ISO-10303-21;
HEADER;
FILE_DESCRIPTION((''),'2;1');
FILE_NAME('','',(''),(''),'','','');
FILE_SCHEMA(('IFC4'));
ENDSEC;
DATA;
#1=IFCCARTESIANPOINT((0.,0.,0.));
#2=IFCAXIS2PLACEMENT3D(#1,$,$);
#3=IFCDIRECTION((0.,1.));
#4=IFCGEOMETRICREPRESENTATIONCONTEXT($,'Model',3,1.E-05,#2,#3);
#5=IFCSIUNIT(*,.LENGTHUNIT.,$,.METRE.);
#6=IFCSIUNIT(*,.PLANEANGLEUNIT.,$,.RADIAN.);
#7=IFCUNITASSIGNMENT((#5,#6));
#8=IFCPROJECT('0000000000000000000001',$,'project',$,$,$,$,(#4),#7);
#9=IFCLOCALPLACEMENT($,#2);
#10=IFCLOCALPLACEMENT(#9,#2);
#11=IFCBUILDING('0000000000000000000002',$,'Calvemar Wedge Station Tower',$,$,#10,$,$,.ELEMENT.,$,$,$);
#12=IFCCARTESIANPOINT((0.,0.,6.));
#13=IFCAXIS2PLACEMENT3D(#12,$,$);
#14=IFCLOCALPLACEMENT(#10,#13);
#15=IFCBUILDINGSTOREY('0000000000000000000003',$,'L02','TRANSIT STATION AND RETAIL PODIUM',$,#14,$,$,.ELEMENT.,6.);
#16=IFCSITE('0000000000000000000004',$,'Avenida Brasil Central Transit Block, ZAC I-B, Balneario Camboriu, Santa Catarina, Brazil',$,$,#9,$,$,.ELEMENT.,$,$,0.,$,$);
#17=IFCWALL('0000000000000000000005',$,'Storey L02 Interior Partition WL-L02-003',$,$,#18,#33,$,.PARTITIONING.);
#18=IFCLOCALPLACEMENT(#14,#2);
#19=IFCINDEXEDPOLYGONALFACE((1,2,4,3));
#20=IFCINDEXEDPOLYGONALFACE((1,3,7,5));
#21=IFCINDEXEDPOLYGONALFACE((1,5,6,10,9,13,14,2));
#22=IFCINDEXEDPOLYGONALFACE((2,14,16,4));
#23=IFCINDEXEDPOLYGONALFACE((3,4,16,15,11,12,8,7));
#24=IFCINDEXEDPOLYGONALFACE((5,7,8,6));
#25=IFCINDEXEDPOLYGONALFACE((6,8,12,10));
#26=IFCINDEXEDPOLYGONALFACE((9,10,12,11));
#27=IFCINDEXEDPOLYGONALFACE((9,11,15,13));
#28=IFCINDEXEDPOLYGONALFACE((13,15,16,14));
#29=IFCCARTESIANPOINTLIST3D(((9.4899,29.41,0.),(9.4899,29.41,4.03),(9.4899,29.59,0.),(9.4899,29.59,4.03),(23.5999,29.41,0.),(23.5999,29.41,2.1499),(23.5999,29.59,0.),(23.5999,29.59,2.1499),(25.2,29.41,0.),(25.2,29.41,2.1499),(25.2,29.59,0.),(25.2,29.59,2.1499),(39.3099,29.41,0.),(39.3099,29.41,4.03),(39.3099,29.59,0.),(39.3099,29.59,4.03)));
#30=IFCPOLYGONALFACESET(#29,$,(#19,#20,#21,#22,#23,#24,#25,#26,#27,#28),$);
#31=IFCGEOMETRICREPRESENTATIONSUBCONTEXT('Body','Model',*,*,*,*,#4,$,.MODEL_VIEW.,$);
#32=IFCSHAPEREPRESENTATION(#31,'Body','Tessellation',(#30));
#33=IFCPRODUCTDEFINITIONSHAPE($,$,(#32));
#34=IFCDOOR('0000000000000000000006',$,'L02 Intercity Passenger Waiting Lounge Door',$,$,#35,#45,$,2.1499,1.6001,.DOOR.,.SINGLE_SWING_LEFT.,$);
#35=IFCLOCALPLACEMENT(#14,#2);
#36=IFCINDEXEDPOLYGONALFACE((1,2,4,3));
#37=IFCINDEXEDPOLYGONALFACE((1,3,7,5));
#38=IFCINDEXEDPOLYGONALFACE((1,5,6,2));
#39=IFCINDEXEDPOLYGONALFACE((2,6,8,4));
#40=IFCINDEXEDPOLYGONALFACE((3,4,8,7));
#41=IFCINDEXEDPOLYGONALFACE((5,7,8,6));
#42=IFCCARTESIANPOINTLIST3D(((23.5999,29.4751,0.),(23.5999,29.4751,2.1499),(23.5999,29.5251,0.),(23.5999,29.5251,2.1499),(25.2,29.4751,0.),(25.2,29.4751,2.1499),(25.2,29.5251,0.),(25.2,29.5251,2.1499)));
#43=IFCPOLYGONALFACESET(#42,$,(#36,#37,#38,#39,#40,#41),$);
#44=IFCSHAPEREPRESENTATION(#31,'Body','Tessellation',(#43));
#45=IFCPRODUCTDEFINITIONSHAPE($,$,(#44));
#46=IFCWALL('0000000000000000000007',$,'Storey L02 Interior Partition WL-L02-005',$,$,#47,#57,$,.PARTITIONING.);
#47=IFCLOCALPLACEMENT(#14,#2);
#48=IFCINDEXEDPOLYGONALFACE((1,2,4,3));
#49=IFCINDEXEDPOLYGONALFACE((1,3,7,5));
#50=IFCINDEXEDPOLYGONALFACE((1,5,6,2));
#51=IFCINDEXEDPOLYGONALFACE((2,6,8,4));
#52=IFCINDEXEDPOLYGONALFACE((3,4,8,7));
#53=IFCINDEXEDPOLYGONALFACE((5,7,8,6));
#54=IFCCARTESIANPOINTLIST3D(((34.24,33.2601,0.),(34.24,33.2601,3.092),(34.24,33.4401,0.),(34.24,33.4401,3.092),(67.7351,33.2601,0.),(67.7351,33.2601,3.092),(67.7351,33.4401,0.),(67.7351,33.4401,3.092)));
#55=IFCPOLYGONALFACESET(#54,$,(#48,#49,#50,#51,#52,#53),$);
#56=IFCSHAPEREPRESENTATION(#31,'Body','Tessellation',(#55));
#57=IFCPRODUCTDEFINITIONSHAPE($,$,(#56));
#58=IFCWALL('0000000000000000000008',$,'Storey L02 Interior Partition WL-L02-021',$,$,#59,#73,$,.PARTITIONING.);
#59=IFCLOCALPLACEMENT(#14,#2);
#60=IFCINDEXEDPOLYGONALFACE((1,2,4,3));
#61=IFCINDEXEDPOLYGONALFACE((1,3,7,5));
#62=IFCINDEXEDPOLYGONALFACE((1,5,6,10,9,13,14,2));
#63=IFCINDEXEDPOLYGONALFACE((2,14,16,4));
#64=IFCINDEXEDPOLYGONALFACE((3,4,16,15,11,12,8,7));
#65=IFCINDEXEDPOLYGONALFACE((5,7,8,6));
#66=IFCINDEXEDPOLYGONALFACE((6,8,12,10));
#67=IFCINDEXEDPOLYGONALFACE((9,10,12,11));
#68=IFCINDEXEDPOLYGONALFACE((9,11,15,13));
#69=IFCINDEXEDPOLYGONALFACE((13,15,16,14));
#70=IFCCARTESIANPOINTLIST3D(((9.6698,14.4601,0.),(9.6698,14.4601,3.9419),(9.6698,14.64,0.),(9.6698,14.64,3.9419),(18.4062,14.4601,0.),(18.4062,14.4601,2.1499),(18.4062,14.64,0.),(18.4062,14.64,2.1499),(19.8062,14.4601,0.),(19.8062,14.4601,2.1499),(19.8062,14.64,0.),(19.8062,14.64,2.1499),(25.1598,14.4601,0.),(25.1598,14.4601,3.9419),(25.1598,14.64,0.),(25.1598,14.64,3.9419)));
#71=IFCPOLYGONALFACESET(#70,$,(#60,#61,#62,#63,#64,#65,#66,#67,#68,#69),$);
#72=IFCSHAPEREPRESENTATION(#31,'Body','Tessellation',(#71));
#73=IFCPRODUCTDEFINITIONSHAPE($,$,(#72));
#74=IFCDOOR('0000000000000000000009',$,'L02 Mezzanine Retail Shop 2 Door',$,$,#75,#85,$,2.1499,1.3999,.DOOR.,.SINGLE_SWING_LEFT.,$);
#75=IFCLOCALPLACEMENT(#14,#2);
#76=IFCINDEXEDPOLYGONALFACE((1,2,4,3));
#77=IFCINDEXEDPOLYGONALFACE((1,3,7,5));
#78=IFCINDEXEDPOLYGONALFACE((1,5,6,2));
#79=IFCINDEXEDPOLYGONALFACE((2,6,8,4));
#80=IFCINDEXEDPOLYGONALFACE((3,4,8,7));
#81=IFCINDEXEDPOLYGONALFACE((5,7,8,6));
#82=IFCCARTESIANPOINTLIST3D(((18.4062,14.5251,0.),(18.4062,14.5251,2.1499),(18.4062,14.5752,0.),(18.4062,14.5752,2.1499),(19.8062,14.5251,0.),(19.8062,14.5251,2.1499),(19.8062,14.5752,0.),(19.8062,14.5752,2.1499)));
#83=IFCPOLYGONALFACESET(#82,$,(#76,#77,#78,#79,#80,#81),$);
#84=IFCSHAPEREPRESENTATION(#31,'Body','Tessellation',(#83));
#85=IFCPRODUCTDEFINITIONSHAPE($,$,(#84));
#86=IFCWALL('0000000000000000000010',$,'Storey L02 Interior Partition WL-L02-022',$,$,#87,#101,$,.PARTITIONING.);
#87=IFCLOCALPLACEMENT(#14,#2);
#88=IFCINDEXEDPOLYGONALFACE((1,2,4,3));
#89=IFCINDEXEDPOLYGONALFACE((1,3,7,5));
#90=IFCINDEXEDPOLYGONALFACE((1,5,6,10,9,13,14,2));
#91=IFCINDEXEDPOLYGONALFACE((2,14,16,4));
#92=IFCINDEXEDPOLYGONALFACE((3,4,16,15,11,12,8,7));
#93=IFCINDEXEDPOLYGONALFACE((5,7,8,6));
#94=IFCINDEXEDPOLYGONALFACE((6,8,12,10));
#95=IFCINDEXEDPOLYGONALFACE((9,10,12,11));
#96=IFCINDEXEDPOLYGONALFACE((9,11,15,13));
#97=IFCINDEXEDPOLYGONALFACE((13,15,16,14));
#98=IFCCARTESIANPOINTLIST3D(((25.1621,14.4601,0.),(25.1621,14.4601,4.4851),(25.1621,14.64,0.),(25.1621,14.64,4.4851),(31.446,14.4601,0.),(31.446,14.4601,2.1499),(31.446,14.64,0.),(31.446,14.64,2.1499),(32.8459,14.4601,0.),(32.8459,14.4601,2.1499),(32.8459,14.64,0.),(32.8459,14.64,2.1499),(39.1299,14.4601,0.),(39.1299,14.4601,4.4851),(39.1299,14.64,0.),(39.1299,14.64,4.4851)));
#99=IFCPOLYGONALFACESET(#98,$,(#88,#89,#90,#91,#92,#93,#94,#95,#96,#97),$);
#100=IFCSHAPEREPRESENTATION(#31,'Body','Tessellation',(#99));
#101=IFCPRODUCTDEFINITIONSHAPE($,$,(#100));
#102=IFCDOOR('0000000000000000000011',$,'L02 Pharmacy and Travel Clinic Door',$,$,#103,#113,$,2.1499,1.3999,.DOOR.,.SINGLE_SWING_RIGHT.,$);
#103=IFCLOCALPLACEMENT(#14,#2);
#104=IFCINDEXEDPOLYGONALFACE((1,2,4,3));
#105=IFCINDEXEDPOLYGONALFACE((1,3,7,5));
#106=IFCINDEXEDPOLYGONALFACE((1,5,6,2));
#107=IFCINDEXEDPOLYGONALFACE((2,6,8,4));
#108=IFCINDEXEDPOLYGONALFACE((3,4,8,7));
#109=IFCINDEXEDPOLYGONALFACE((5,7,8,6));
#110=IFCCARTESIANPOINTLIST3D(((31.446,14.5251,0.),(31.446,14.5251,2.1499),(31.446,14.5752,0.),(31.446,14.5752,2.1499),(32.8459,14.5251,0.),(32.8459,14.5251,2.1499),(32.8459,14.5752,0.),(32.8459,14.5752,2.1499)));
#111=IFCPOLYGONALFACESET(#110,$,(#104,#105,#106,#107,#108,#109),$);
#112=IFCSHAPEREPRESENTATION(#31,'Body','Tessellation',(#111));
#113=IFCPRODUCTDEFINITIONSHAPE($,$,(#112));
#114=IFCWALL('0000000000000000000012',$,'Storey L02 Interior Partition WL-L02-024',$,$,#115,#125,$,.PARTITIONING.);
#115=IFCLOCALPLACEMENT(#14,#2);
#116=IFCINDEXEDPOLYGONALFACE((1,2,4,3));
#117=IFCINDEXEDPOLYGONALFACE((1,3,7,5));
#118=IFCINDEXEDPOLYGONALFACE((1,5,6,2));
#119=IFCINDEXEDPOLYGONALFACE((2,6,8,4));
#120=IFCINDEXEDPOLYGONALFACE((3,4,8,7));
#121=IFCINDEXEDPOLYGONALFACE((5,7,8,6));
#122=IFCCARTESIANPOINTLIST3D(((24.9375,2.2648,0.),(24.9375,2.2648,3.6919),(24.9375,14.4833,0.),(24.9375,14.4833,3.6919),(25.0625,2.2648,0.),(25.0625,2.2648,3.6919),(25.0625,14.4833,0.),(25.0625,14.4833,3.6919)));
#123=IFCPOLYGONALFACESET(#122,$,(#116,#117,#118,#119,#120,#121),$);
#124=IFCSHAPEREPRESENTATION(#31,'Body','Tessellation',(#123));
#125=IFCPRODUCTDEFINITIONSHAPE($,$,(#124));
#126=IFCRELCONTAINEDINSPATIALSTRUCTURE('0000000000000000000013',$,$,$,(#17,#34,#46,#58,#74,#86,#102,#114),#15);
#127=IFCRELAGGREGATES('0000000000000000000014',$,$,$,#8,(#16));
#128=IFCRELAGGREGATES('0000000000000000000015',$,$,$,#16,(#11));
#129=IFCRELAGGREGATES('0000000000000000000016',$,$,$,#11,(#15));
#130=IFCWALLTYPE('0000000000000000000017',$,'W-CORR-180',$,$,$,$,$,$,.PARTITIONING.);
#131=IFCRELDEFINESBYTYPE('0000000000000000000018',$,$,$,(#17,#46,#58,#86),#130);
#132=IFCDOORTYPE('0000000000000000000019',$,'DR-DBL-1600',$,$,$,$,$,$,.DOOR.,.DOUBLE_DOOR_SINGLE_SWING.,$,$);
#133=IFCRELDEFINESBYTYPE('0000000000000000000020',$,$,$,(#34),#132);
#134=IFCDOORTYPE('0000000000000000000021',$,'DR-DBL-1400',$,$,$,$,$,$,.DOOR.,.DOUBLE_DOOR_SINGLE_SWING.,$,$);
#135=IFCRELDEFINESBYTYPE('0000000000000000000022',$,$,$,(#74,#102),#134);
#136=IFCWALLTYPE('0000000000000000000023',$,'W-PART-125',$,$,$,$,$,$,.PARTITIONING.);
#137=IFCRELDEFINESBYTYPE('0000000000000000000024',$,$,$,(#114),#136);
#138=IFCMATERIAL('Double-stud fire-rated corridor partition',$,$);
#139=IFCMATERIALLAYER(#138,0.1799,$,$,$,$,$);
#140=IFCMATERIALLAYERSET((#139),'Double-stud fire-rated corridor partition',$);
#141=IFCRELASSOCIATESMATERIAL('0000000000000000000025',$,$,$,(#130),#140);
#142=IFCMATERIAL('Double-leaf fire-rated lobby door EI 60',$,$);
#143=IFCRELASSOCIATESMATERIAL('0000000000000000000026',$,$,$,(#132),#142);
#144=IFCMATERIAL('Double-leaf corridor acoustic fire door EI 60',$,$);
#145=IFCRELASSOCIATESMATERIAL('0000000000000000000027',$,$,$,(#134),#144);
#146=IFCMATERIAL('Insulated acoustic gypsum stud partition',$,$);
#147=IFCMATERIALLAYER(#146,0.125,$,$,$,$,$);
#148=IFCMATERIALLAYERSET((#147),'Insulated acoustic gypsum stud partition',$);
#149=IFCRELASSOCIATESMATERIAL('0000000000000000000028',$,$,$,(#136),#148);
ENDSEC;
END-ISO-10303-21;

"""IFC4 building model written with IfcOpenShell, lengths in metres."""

from ifc_helpers import new_model, si_unit, direction, frame, frame_2d, origin, place, context, subcontext, project, spatial, rectangle, extrude, source, transform, mapped, material, layer, layer_set, type_object, element, fill, save


model = new_model("IFC4")

# Units and contexts
model_context = context("Model", 3, precision=1e-05, world=origin(), true_north=direction((0.0, 1.0)))
body_context = subcontext(model_context, "Body", "Model", "MODEL_VIEW")
ifc_project = project(units=[si_unit("LENGTHUNIT", "METRE"), si_unit("PLANEANGLEUNIT", "RADIAN")], contexts=[model_context])

# Site, building, storey
site_placement = place(None, origin())
site = spatial("IfcSite", under=ifc_project, at=site_placement, Name="Avenida Brasil Central Transit Block, ZAC I-B, Balneario Camboriu, Santa Catarina, Brazil", CompositionType="ELEMENT", RefElevation=0.0)
building_placement = place(site_placement, origin())
building = spatial("IfcBuilding", under=site, at=building_placement, Name="Calvemar Wedge Station Tower", CompositionType="ELEMENT")
storey_placement = place(building_placement, frame((0.0, 0.0, 6.0)))
storey = spatial("IfcBuildingStorey", under=building, at=storey_placement, Name="L02", Description="TRANSIT STATION AND RETAIL PODIUM", CompositionType="ELEMENT", Elevation=6.0)

# Wall, opening, door
ifc_material_1 = material(Name="Double-stud fire-rated corridor partition")
ifc_layer_1 = layer(ifc_material_1, 0.1799)
ifc_layer_set_1 = layer_set([ifc_layer_1], Name="Double-stud fire-rated corridor partition")
wall_type_1 = type_object("IfcWallType", Name="W-CORR-180", PredefinedType="PARTITIONING", material=ifc_layer_set_1)
wall_1_placement = place(storey_placement, frame((39.3101, 29.5, 0.0), z_axis=(0.0, 0.0, 1.0), x_axis=(-1.0, 0.0, 0.0)))
wall_1 = element("IfcWall", 1, at=wall_1_placement, inside=storey, type_object=wall_type_1, Name="Storey L02 Interior Partition WL-L02-003", PredefinedType="PARTITIONING", context=body_context, shape_type="SweptSolid", body=[
    extrude(rectangle(XDim=29.8201, YDim=0.1799, at=frame_2d((14.9102, 0.0))), origin(), (0.0, 0.0, 1.0), 4.03),
])
shared_shape_1 = source(origin(), body_context, "Body", "SweptSolid", [
    extrude(rectangle(XDim=1.6001, YDim=2.1499, at=frame_2d((0.8, 1.075))), frame((0.0, 0.1001, 0.0), z_axis=(0.0, -1.0, 0.0), x_axis=(1.0, 0.0, 0.0)), (0.0, 0.0, 1.0), 0.2),
])
opening_1_placement = place(wall_1_placement, frame((14.1101, 0.0, 0.0)))
opening_1 = element("IfcOpeningElement", 2, at=opening_1_placement, cuts=wall_1, PredefinedType="OPENING", context=body_context, shape_type="MappedRepresentation", body=[
    mapped(shared_shape_1, transform((0.0, 0.0, 0.0), scale=1.0)),
])
ifc_material_2 = material(Name="Double-leaf fire-rated lobby door EI 60")
door_type_1 = type_object("IfcDoorType", Name="DR-DBL-1600", OperationType="DOUBLE_DOOR_SINGLE_SWING", PredefinedType="DOOR", material=ifc_material_2)
shared_shape_2 = source(origin(), body_context, "Body", "SweptSolid", [
    extrude(rectangle(XDim=1.6001, YDim=2.1499, at=frame_2d((0.8, 1.075))), frame((0.0, 0.0249, 0.0), z_axis=(0.0, -1.0, 0.0), x_axis=(1.0, 0.0, 0.0)), (0.0, 0.0, 1.0), 0.05),
])
door_1_placement = place(opening_1_placement, origin())
door_1 = element("IfcDoor", 3, at=door_1_placement, inside=storey, type_object=door_type_1, Name="L02 Intercity Passenger Waiting Lounge Door", OperationType="SINGLE_SWING_LEFT", OverallHeight=2.1499, OverallWidth=1.6001, PredefinedType="DOOR", context=body_context, shape_type="MappedRepresentation", body=[
    mapped(shared_shape_2, transform((0.0, 0.0, 0.0), scale=1.0)),
])
fill(opening_1, door_1)

# Wall
wall_2_placement = place(storey_placement, frame((34.24, 33.3501, 0.0), z_axis=(0.0, 0.0, 1.0), x_axis=(1.0, 0.0, 0.0)))
element("IfcWall", 4, at=wall_2_placement, inside=storey, type_object=wall_type_1, Name="Storey L02 Interior Partition WL-L02-005", PredefinedType="PARTITIONING", context=body_context, shape_type="SweptSolid", body=[
    extrude(rectangle(XDim=33.4951, YDim=0.1799, at=frame_2d((16.7476, 0.0))), origin(), (0.0, 0.0, 1.0), 3.092),
])

# Walls, openings, doors
wall_3_placement = place(storey_placement, frame((25.1599, 14.55, 0.0), z_axis=(0.0, 0.0, 1.0), x_axis=(-1.0, 0.0, 0.0)))
wall_3 = element("IfcWall", 5, at=wall_3_placement, inside=storey, type_object=wall_type_1, Name="Storey L02 Interior Partition WL-L02-021", PredefinedType="PARTITIONING", context=body_context, shape_type="SweptSolid", body=[
    extrude(rectangle(XDim=15.49, YDim=0.1799, at=frame_2d((7.7451, 0.0))), origin(), (0.0, 0.0, 1.0), 3.9419),
])
shared_shape_3 = source(origin(), body_context, "Body", "SweptSolid", [
    extrude(rectangle(XDim=1.3999, YDim=2.1499, at=frame_2d((0.7, 1.075))), frame((0.0, 0.1001, 0.0), z_axis=(0.0, -1.0, 0.0), x_axis=(1.0, 0.0, 0.0)), (0.0, 0.0, 1.0), 0.2),
])
opening_2_placement = place(wall_3_placement, frame((5.3538, 0.0, 0.0)))
opening_2 = element("IfcOpeningElement", 6, at=opening_2_placement, cuts=wall_3, PredefinedType="OPENING", context=body_context, shape_type="MappedRepresentation", body=[
    mapped(shared_shape_3, transform((0.0, 0.0, 0.0), scale=1.0)),
])
ifc_material_3 = material(Name="Double-leaf corridor acoustic fire door EI 60")
door_type_2 = type_object("IfcDoorType", Name="DR-DBL-1400", OperationType="DOUBLE_DOOR_SINGLE_SWING", PredefinedType="DOOR", material=ifc_material_3)
shared_shape_4 = source(origin(), body_context, "Body", "SweptSolid", [
    extrude(rectangle(XDim=1.3999, YDim=2.1499, at=frame_2d((0.7, 1.075))), frame((0.0, 0.0249, 0.0), z_axis=(0.0, -1.0, 0.0), x_axis=(1.0, 0.0, 0.0)), (0.0, 0.0, 1.0), 0.05),
])
door_2_placement = place(opening_2_placement, origin())
door_2 = element("IfcDoor", 7, at=door_2_placement, inside=storey, type_object=door_type_2, Name="L02 Mezzanine Retail Shop 2 Door", OperationType="SINGLE_SWING_LEFT", OverallHeight=2.1499, OverallWidth=1.3999, PredefinedType="DOOR", context=body_context, shape_type="MappedRepresentation", body=[
    mapped(shared_shape_4, transform((0.0, 0.0, 0.0), scale=1.0)),
])
fill(opening_2, door_2)
wall_4_placement = place(storey_placement, frame((39.1299, 14.55, 0.0), z_axis=(0.0, 0.0, 1.0), x_axis=(-1.0, 0.0, 0.0)))
wall_4 = element("IfcWall", 8, at=wall_4_placement, inside=storey, type_object=wall_type_1, Name="Storey L02 Interior Partition WL-L02-022", PredefinedType="PARTITIONING", context=body_context, shape_type="SweptSolid", body=[
    extrude(rectangle(XDim=13.9678, YDim=0.1799, at=frame_2d((6.9839, 0.0))), origin(), (0.0, 0.0, 1.0), 4.4851),
])
opening_3_placement = place(wall_4_placement, frame((6.2839, 0.0, 0.0)))
opening_3 = element("IfcOpeningElement", 9, at=opening_3_placement, cuts=wall_4, PredefinedType="OPENING", context=body_context, shape_type="MappedRepresentation", body=[
    mapped(shared_shape_3, transform((0.0, 0.0, 0.0), scale=1.0)),
])
door_3_placement = place(opening_3_placement, origin())
door_3 = element("IfcDoor", 10, at=door_3_placement, inside=storey, type_object=door_type_2, Name="L02 Pharmacy and Travel Clinic Door", OperationType="SINGLE_SWING_RIGHT", OverallHeight=2.1499, OverallWidth=1.3999, PredefinedType="DOOR", context=body_context, shape_type="MappedRepresentation", body=[
    mapped(shared_shape_4, transform((0.0, 0.0, 0.0), scale=1.0)),
])
fill(opening_3, door_3)

# Wall
ifc_material_4 = material(Name="Insulated acoustic gypsum stud partition")
ifc_layer_2 = layer(ifc_material_4, 0.125)
ifc_layer_set_2 = layer_set([ifc_layer_2], Name="Insulated acoustic gypsum stud partition")
wall_type_2 = type_object("IfcWallType", Name="W-PART-125", PredefinedType="PARTITIONING", material=ifc_layer_set_2)
wall_5_placement = place(storey_placement, frame((25.0, 14.4834, 0.0), z_axis=(0.0, 0.0, 1.0), x_axis=(0.0, -1.0, 0.0)))
element("IfcWall", 11, at=wall_5_placement, inside=storey, type_object=wall_type_2, Name="Storey L02 Interior Partition WL-L02-024", PredefinedType="PARTITIONING", context=body_context, shape_type="SweptSolid", body=[
    extrude(rectangle(XDim=12.2185, YDim=0.125, at=frame_2d((6.1094, 0.0))), origin(), (0.0, 0.0, 1.0), 3.6919),
])

save(model, "model.ifc")
